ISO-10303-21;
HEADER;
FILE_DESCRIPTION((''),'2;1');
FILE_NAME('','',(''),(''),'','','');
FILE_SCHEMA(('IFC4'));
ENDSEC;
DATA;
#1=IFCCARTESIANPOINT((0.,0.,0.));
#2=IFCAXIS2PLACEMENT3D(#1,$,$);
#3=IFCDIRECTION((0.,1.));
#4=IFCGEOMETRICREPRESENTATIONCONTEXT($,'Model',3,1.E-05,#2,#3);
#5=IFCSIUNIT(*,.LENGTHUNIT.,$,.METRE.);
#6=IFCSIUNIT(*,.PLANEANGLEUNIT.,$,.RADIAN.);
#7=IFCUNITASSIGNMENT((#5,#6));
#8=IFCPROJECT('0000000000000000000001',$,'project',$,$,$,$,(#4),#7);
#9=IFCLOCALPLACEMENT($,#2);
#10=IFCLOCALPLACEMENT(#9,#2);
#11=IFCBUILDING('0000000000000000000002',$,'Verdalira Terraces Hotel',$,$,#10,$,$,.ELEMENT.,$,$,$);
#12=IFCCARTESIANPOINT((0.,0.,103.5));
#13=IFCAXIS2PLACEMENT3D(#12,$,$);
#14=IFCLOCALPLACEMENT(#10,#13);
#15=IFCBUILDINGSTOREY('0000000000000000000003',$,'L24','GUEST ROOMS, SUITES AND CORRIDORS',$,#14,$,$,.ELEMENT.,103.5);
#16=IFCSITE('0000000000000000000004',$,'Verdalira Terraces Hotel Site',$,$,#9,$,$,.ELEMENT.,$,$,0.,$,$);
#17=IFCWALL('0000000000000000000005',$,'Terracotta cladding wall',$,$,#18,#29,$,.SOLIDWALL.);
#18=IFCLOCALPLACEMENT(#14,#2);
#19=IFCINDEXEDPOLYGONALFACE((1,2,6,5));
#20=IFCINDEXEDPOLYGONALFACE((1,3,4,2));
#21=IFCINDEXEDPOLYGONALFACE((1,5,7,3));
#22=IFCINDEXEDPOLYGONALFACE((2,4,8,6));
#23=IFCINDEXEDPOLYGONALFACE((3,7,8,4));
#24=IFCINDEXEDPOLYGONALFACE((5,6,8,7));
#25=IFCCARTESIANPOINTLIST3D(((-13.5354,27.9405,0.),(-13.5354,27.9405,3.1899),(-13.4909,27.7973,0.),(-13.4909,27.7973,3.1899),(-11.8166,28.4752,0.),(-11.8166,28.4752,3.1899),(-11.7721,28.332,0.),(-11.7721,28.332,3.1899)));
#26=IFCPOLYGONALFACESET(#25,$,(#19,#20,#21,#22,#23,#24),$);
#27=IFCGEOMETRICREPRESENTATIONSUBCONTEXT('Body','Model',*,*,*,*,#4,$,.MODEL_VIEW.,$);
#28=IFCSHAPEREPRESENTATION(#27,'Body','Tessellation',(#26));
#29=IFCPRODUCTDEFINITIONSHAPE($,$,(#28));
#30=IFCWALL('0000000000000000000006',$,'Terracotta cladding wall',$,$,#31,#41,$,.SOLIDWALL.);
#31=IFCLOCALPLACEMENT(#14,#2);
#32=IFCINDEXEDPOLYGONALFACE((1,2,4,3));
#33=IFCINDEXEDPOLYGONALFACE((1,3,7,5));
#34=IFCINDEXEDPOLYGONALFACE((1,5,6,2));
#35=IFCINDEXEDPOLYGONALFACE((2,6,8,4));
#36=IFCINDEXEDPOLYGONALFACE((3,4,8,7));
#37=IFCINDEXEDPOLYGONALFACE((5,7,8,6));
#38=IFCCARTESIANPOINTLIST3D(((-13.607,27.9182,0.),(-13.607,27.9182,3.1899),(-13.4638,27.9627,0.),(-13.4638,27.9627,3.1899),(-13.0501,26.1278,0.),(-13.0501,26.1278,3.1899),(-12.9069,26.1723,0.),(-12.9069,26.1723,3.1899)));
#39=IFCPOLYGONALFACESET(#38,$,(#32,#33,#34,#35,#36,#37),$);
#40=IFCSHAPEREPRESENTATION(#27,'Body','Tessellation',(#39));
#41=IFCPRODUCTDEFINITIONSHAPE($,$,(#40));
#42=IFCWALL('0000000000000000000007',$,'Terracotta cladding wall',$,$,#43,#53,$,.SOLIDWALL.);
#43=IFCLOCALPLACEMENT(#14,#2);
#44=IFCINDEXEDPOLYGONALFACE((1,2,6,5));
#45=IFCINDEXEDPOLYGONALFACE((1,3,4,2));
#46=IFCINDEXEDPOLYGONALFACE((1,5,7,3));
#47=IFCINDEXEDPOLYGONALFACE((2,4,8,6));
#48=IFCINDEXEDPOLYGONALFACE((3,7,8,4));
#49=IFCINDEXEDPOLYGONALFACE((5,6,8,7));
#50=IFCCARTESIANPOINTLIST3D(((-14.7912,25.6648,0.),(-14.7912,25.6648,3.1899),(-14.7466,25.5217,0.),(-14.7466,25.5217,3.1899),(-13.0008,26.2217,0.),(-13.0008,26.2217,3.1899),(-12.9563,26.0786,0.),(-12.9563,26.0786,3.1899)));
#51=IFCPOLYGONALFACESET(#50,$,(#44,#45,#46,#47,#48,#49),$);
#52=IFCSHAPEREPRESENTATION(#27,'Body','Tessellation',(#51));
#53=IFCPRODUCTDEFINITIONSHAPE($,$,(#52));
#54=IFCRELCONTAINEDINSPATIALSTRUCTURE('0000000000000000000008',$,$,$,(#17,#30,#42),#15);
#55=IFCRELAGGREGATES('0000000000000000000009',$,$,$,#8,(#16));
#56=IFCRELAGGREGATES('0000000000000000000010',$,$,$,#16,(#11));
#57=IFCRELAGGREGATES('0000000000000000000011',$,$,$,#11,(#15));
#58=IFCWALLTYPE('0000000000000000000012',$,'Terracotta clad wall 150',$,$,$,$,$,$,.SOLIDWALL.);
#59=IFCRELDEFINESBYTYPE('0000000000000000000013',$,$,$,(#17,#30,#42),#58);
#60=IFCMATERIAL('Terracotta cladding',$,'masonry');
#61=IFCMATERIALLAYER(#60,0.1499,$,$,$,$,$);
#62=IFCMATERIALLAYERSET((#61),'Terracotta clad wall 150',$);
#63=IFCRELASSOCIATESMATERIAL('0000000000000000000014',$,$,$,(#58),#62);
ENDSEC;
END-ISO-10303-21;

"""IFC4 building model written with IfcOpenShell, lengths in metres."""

from ifc_helpers import new_model, si_unit, direction, frame, frame_2d, origin, place, context, subcontext, project, spatial, rectangle, extrude, material, layer, layer_set, type_object, element, save


model = new_model("IFC4")

# Units and contexts
model_context = context("Model", 3, precision=1e-05, world=origin(), true_north=direction((0.0, 1.0)))
body_context = subcontext(model_context, "Body", "Model", "MODEL_VIEW")
ifc_project = project(units=[si_unit("LENGTHUNIT", "METRE"), si_unit("PLANEANGLEUNIT", "RADIAN")], contexts=[model_context])

# Site, building, storey
site_placement = place(None, origin())
site = spatial("IfcSite", under=ifc_project, at=site_placement, Name="Verdalira Terraces Hotel Site", CompositionType="ELEMENT", RefElevation=0.0)
building_placement = place(site_placement, origin())
building = spatial("IfcBuilding", under=site, at=building_placement, Name="Verdalira Terraces Hotel", CompositionType="ELEMENT")
storey_placement = place(building_placement, frame((0.0, 0.0, 103.5)))
storey = spatial("IfcBuildingStorey", under=building, at=storey_placement, Name="L24", Description="GUEST ROOMS, SUITES AND CORRIDORS", CompositionType="ELEMENT", Elevation=103.5)

# Walls
ifc_material_1 = material(Name="Terracotta cladding", Category="masonry")
ifc_layer_1 = layer(ifc_material_1, 0.1499)
ifc_layer_set_1 = layer_set([ifc_layer_1], Name="Terracotta clad wall 150")
wall_type_1 = type_object("IfcWallType", Name="Terracotta clad wall 150", PredefinedType="SOLIDWALL", material=ifc_layer_set_1)
wall_1_placement = place(storey_placement, frame((-11.7944, 28.4036, 0.0), z_axis=(0.0, 0.0, 1.0), x_axis=(-0.954865, -0.297039, 0.0)))
element("IfcWall", 1, at=wall_1_placement, inside=storey, type_object=wall_type_1, Name="Terracotta cladding wall", PredefinedType="SOLIDWALL", context=body_context, shape_type="SweptSolid", body=[
    extrude(rectangle(XDim=1.8, YDim=0.1499, at=frame_2d((0.8999, 0.0))), origin(), (0.0, 0.0, 1.0), 3.1899),
])
for number, where, z_axis, x_axis, name in (
    (2, (-13.5354, 27.9404, 0.0), (0.0, 0.0, 1.0), (0.297022, -0.954871, 0.0), "Terracotta cladding wall"),
    (3, (-12.9785, 26.1501, 0.0), (0.0, 0.0, 1.0), (-0.954871, -0.297022, 0.0), "Terracotta cladding wall"),
):
    element("IfcWall", number, at=place(storey_placement, frame(where, z_axis=z_axis, x_axis=x_axis)), inside=storey, type_object=wall_type_1, Name=name, PredefinedType="SOLIDWALL", context=body_context, shape_type="SweptSolid", body=[
        extrude(rectangle(XDim=1.875, YDim=0.1499, at=frame_2d((0.9375, 0.0))), origin(), (0.0, 0.0, 1.0), 3.1899),
    ])

save(model, "model.ifc")
